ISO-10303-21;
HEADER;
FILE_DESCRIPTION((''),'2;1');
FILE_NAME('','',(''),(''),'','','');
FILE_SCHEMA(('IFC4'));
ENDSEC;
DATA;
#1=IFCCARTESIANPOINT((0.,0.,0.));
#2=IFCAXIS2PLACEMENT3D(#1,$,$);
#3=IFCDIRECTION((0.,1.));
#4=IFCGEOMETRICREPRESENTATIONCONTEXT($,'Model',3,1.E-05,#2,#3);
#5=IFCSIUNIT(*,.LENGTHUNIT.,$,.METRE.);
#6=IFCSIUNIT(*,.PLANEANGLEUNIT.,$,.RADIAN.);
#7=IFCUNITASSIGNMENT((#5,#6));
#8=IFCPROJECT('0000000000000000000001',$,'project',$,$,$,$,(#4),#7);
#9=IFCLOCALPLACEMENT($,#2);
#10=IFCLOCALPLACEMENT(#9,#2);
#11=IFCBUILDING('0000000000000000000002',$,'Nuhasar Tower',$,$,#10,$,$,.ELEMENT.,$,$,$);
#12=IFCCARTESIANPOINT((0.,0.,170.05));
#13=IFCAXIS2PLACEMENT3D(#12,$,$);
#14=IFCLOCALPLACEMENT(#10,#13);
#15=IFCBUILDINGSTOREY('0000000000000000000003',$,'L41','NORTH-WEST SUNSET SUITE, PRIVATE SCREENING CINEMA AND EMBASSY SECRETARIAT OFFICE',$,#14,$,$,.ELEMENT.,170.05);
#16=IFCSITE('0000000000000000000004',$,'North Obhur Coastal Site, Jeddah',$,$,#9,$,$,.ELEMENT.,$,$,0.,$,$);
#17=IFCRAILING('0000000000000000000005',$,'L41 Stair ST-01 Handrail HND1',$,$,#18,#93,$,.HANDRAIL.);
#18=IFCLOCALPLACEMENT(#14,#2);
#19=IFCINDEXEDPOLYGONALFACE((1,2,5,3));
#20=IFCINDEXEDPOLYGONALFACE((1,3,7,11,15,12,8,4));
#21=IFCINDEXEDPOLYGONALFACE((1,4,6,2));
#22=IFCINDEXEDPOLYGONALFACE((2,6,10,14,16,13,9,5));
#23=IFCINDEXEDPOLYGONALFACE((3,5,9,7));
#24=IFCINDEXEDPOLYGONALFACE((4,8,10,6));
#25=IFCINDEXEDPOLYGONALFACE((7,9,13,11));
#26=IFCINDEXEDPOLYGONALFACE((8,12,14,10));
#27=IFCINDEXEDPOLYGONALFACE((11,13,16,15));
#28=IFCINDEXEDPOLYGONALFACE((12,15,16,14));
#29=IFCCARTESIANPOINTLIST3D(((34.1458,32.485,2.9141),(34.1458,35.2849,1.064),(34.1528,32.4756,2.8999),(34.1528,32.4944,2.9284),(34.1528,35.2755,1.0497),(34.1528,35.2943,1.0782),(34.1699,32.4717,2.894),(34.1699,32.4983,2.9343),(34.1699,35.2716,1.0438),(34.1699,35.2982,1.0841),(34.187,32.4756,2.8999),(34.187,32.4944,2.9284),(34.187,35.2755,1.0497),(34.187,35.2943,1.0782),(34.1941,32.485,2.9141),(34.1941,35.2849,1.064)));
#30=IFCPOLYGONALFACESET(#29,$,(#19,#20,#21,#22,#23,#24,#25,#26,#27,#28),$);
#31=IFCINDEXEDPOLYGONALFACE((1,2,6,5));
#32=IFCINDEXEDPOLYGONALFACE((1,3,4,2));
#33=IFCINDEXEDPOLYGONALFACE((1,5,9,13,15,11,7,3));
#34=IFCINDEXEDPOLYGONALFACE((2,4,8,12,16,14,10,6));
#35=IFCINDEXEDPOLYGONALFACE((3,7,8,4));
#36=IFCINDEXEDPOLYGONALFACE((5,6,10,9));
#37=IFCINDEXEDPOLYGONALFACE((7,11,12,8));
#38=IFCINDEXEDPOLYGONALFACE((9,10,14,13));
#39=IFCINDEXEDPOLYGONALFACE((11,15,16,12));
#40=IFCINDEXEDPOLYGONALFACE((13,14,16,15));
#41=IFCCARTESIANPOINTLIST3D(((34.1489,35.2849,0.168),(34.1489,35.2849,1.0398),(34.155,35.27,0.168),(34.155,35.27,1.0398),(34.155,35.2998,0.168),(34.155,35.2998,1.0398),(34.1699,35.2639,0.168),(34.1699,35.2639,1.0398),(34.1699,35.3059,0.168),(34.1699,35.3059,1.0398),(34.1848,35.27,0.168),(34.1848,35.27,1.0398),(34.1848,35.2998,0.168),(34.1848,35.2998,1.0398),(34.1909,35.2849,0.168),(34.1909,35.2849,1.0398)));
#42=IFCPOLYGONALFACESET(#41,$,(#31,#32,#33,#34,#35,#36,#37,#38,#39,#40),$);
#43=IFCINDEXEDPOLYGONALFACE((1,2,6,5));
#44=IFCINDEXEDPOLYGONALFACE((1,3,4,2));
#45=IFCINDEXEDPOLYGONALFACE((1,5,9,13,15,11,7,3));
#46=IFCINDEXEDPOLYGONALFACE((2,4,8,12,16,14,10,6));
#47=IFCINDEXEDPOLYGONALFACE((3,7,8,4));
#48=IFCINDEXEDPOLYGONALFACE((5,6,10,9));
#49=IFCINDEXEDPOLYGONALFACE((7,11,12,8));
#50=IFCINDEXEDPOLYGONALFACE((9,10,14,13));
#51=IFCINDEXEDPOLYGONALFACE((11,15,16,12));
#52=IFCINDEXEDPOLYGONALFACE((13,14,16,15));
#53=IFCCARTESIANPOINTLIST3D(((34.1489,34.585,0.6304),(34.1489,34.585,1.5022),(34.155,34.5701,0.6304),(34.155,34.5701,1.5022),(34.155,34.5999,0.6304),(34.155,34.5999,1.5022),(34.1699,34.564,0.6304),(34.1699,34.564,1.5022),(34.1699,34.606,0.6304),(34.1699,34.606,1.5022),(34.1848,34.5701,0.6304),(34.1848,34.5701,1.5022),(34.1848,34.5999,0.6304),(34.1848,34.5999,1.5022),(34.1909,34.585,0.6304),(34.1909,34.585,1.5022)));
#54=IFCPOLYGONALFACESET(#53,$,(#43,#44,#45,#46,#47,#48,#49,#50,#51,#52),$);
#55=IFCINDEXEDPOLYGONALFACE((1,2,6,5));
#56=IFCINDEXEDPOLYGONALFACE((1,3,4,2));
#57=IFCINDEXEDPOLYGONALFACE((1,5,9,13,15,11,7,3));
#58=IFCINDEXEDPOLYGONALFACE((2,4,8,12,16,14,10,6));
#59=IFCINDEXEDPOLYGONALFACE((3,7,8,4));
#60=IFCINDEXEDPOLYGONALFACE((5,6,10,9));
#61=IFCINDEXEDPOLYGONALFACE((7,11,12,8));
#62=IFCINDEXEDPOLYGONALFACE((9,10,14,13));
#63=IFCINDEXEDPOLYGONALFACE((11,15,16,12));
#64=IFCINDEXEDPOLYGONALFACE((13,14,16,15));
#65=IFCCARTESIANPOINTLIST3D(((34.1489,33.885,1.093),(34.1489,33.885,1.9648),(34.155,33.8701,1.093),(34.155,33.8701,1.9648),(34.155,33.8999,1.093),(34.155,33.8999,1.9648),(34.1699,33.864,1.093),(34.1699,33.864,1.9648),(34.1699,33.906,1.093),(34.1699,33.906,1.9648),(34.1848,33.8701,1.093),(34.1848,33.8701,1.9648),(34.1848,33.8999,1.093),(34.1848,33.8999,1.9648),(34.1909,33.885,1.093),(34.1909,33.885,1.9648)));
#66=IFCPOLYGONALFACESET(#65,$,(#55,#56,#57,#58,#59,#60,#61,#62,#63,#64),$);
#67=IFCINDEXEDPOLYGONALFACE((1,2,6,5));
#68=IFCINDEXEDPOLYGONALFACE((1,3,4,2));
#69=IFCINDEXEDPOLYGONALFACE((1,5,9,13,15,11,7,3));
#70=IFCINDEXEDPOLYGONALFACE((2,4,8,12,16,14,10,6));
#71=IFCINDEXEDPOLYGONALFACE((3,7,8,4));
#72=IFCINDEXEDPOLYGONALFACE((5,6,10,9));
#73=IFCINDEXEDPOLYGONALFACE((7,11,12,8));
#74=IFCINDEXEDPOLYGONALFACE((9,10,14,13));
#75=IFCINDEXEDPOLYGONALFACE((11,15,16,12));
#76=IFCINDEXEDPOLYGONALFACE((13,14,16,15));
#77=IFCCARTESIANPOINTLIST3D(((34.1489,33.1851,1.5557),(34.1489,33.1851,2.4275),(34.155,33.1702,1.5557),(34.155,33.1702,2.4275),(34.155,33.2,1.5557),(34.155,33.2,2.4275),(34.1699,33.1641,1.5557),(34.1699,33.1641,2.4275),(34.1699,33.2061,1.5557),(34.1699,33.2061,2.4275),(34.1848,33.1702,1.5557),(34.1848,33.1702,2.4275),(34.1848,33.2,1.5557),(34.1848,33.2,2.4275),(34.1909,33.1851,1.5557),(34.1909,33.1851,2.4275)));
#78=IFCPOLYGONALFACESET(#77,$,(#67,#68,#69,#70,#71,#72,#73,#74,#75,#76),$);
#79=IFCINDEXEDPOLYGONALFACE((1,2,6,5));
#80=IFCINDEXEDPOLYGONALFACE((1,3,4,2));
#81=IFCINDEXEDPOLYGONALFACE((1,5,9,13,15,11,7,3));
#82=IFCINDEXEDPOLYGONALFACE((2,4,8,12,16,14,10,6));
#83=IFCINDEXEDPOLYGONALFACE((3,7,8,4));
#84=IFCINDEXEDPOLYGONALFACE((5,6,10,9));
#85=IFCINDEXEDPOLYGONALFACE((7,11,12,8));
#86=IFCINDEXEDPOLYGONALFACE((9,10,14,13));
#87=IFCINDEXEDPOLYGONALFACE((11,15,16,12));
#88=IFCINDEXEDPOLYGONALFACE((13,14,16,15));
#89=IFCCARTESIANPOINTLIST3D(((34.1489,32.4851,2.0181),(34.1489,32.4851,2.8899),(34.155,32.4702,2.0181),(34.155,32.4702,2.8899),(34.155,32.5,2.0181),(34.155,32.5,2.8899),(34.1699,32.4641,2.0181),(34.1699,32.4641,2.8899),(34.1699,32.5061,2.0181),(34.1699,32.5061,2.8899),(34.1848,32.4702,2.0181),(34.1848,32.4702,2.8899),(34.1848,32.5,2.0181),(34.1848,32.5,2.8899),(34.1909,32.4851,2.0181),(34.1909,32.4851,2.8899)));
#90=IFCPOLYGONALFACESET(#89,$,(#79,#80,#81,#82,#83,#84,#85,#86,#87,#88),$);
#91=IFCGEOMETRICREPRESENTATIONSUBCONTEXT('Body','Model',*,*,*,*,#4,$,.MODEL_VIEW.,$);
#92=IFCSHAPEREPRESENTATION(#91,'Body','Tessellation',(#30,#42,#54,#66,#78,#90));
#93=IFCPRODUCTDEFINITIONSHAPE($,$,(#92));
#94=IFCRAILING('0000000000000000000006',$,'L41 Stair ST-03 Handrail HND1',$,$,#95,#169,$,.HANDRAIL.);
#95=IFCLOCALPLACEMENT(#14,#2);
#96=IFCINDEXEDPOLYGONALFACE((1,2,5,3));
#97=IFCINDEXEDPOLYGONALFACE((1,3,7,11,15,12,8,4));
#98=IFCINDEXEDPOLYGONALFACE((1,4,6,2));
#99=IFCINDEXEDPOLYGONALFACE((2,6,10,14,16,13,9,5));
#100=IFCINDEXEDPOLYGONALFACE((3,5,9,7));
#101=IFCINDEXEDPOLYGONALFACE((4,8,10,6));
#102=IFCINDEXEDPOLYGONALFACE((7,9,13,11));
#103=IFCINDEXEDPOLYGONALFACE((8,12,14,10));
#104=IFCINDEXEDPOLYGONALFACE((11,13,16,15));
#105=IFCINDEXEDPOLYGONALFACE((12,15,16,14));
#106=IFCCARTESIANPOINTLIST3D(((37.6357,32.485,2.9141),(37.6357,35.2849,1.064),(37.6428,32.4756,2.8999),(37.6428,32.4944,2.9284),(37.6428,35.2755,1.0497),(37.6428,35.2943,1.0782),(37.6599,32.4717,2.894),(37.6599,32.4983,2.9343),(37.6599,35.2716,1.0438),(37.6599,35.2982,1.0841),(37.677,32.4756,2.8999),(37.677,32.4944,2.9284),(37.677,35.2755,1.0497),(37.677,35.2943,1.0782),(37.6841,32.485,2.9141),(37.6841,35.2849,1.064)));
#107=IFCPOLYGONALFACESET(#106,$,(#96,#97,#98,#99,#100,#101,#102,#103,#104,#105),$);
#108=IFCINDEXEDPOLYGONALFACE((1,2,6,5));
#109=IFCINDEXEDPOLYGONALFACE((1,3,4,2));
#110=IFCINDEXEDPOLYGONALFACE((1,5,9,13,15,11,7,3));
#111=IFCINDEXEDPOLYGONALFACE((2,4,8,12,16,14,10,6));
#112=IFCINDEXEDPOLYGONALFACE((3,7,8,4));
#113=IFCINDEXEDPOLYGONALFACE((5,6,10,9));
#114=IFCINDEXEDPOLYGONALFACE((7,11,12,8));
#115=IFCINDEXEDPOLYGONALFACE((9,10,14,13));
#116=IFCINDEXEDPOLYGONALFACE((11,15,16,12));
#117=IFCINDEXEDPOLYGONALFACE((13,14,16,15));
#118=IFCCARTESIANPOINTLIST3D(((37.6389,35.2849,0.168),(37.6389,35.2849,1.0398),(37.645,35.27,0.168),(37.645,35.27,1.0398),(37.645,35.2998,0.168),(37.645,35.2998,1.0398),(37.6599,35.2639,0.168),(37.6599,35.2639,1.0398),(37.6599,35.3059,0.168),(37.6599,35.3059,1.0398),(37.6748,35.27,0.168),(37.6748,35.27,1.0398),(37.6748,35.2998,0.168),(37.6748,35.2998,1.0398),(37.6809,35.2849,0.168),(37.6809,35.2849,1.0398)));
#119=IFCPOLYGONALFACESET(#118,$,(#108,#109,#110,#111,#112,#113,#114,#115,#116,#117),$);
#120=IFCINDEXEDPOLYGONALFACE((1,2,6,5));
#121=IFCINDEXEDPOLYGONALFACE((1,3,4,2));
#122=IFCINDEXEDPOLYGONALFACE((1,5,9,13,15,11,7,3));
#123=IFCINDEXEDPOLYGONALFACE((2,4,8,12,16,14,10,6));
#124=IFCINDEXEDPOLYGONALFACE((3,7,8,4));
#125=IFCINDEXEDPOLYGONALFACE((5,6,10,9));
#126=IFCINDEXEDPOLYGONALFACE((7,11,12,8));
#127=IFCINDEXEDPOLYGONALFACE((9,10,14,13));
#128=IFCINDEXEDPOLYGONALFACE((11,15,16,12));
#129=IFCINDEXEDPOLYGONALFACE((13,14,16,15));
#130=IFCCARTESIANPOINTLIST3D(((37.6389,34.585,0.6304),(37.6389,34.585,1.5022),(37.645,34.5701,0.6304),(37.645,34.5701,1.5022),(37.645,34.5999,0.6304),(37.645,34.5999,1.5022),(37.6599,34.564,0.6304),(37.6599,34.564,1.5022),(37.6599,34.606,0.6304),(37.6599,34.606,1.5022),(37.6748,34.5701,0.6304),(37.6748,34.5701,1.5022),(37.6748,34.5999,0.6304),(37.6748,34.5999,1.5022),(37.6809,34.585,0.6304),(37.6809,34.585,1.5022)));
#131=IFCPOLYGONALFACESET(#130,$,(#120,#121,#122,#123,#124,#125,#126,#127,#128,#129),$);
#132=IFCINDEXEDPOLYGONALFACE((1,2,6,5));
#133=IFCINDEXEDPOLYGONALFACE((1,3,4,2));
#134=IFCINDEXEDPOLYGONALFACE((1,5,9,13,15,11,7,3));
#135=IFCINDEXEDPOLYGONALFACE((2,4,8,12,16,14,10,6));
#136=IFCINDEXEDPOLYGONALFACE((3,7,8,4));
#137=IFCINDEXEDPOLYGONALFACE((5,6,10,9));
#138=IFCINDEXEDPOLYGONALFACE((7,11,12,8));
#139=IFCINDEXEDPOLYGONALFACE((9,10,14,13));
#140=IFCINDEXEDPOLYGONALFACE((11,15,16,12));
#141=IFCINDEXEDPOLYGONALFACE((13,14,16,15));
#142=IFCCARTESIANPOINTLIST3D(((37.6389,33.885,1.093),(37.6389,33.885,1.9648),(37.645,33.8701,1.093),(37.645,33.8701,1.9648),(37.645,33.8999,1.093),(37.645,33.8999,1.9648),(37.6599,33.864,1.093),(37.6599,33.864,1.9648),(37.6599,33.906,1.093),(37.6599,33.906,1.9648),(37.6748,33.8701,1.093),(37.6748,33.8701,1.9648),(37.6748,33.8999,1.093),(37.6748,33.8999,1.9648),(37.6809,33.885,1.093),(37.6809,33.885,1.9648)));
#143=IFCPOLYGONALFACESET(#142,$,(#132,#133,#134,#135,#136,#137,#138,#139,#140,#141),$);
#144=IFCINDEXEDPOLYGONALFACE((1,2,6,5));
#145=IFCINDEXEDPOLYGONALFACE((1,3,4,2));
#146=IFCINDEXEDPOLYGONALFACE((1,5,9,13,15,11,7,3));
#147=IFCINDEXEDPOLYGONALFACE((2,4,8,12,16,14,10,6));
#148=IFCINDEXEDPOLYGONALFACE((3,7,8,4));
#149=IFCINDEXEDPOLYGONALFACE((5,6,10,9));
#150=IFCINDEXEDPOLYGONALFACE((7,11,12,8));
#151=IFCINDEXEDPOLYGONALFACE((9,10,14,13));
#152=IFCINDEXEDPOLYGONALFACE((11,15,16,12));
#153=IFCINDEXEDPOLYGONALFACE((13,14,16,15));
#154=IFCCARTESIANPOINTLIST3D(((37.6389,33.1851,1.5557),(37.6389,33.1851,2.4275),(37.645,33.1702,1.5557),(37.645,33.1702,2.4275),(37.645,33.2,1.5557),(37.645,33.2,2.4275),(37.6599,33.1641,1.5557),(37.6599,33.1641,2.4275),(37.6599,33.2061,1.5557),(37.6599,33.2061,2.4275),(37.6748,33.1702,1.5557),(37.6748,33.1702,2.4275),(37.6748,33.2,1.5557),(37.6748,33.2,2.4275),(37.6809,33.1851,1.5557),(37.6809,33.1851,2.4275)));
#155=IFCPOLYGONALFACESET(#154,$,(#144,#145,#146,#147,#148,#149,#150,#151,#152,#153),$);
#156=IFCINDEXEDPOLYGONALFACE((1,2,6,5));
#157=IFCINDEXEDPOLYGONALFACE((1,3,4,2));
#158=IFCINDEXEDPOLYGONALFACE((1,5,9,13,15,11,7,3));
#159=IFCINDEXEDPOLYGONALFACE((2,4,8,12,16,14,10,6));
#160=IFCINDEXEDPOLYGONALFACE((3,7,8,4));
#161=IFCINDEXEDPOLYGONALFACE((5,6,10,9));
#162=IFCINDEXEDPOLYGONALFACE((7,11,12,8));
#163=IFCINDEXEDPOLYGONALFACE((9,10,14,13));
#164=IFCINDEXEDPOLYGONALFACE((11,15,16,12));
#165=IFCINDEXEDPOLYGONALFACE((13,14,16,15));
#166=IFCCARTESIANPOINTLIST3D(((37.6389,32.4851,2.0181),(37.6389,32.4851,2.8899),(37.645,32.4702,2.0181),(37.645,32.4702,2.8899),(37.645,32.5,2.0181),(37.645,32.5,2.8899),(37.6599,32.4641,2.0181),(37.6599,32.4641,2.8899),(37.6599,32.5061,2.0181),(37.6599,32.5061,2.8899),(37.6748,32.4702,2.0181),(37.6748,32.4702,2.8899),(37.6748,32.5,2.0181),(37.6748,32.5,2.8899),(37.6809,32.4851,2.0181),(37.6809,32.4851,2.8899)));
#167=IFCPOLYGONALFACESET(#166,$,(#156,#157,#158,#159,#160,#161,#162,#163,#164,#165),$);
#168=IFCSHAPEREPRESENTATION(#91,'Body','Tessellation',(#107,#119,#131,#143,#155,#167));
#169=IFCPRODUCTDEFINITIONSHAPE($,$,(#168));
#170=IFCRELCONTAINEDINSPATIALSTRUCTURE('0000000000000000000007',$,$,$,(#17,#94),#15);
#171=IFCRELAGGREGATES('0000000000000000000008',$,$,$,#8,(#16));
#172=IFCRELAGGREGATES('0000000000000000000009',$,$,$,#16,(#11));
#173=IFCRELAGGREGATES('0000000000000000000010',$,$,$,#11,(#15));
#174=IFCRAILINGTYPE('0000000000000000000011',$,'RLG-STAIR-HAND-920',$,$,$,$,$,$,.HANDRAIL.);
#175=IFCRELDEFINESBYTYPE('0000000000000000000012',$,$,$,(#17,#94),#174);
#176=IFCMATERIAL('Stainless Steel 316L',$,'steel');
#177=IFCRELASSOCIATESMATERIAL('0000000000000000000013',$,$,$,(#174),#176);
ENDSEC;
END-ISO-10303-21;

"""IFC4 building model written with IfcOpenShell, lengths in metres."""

from ifc_helpers import new_model, si_unit, direction, frame, origin, place, context, subcontext, project, spatial, polyline, outline, extrude, material, type_object, element, save


model = new_model("IFC4")

# Units and contexts
model_context = context("Model", 3, precision=1e-05, world=origin(), true_north=direction((0.0, 1.0)))
body_context = subcontext(model_context, "Body", "Model", "MODEL_VIEW")
ifc_project = project(units=[si_unit("LENGTHUNIT", "METRE"), si_unit("PLANEANGLEUNIT", "RADIAN")], contexts=[model_context])

# Site, building, storey
site_placement = place(None, origin())
site = spatial("IfcSite", under=ifc_project, at=site_placement, Name="North Obhur Coastal Site, Jeddah", CompositionType="ELEMENT", RefElevation=0.0)
building_placement = place(site_placement, origin())
building = spatial("IfcBuilding", under=site, at=building_placement, Name="Nuhasar Tower", CompositionType="ELEMENT")
storey_placement = place(building_placement, frame((0.0, 0.0, 170.05)))
storey = spatial("IfcBuildingStorey", under=building, at=storey_placement, Name="L41", Description="NORTH-WEST SUNSET SUITE, PRIVATE SCREENING CINEMA AND EMBASSY SECRETARIAT OFFICE", CompositionType="ELEMENT", Elevation=170.05)

# Railings
ifc_material_1 = material(Name="Stainless Steel 316L", Category="steel")
railing_type_1 = type_object("IfcRailingType", Name="RLG-STAIR-HAND-920", PredefinedType="HANDRAIL", material=ifc_material_1)
railing_1_placement = place(storey_placement, frame((34.1699, 35.2849, 0.168)))
element("IfcRailing", 1, at=railing_1_placement, inside=storey, type_object=railing_type_1, Name="L41 Stair ST-01 Handrail HND1", PredefinedType="HANDRAIL", context=body_context, shape_type="SweptSolid", body=[
    extrude(outline(polyline([(0.0242, 0.0), (0.0171, 0.0171), (0.0, 0.0242), (-0.0171, 0.0171), (-0.0242, 0.0), (-0.0171, -0.0171), (0.0, -0.0242), (0.0171, -0.0171), (0.0242, 0.0)])), frame((0.0, 0.0, 0.896), z_axis=(0.0, -0.834304, 0.551304), x_axis=(1.0, 0.0, 0.0)), (0.0, 0.0, 1.0), 3.356),
    extrude(outline(polyline([(0.021, 0.0), (0.0149, 0.0149), (0.0, 0.021), (-0.0149, 0.0149), (-0.021, 0.0), (-0.0149, -0.0149), (0.0, -0.021), (0.0149, -0.0149), (0.021, 0.0)])), origin(), (0.0, 0.0, 1.0), 0.8718),
    extrude(outline(polyline([(0.021, 0.0), (0.0149, 0.0149), (0.0, 0.021), (-0.0149, 0.0149), (-0.021, 0.0), (-0.0149, -0.0149), (0.0, -0.021), (0.0149, -0.0149), (0.021, 0.0)])), frame((0.0, -0.7, 0.4624)), (0.0, 0.0, 1.0), 0.8718),
    extrude(outline(polyline([(0.021, 0.0), (0.0149, 0.0149), (0.0, 0.021), (-0.0149, 0.0149), (-0.021, 0.0), (-0.0149, -0.0149), (0.0, -0.021), (0.0149, -0.0149), (0.021, 0.0)])), frame((0.0, -1.3999, 0.925)), (0.0, 0.0, 1.0), 0.8718),
    extrude(outline(polyline([(0.021, 0.0), (0.0149, 0.0149), (0.0, 0.021), (-0.0149, 0.0149), (-0.021, 0.0), (-0.0149, -0.0149), (0.0, -0.021), (0.0149, -0.0149), (0.021, 0.0)])), frame((0.0, -2.0999, 1.3877)), (0.0, 0.0, 1.0), 0.8718),
    extrude(outline(polyline([(0.021, 0.0), (0.0149, 0.0149), (0.0, 0.021), (-0.0149, 0.0149), (-0.021, 0.0), (-0.0149, -0.0149), (0.0, -0.021), (0.0149, -0.0149), (0.021, 0.0)])), frame((0.0, -2.7998, 1.8501)), (0.0, 0.0, 1.0), 0.8718),
])
railing_2_placement = place(storey_placement, frame((37.6599, 35.2849, 0.168)))
element("IfcRailing", 2, at=railing_2_placement, inside=storey, type_object=railing_type_1, Name="L41 Stair ST-03 Handrail HND1", PredefinedType="HANDRAIL", context=body_context, shape_type="SweptSolid", body=[
    extrude(outline(polyline([(0.0242, 0.0), (0.0171, 0.0171), (0.0, 0.0242), (-0.0171, 0.0171), (-0.0242, 0.0), (-0.0171, -0.0171), (0.0, -0.0242), (0.0171, -0.0171), (0.0242, 0.0)])), frame((0.0, 0.0, 0.896), z_axis=(0.0, -0.834304, 0.551304), x_axis=(1.0, 0.0, 0.0)), (0.0, 0.0, 1.0), 3.356),
    extrude(outline(polyline([(0.021, 0.0), (0.0149, 0.0149), (0.0, 0.021), (-0.0149, 0.0149), (-0.021, 0.0), (-0.0149, -0.0149), (0.0, -0.021), (0.0149, -0.0149), (0.021, 0.0)])), origin(), (0.0, 0.0, 1.0), 0.8718),
    extrude(outline(polyline([(0.021, 0.0), (0.0149, 0.0149), (0.0, 0.021), (-0.0149, 0.0149), (-0.021, 0.0), (-0.0149, -0.0149), (0.0, -0.021), (0.0149, -0.0149), (0.021, 0.0)])), frame((0.0, -0.7, 0.4624)), (0.0, 0.0, 1.0), 0.8718),
    extrude(outline(polyline([(0.021, 0.0), (0.0149, 0.0149), (0.0, 0.021), (-0.0149, 0.0149), (-0.021, 0.0), (-0.0149, -0.0149), (0.0, -0.021), (0.0149, -0.0149), (0.021, 0.0)])), frame((0.0, -1.3999, 0.925)), (0.0, 0.0, 1.0), 0.8718),
    extrude(outline(polyline([(0.021, 0.0), (0.0149, 0.0149), (0.0, 0.021), (-0.0149, 0.0149), (-0.021, 0.0), (-0.0149, -0.0149), (0.0, -0.021), (0.0149, -0.0149), (0.021, 0.0)])), frame((0.0, -2.0999, 1.3877)), (0.0, 0.0, 1.0), 0.8718),
    extrude(outline(polyline([(0.021, 0.0), (0.0149, 0.0149), (0.0, 0.021), (-0.0149, 0.0149), (-0.021, 0.0), (-0.0149, -0.0149), (0.0, -0.021), (0.0149, -0.0149), (0.021, 0.0)])), frame((0.0, -2.7998, 1.8501)), (0.0, 0.0, 1.0), 0.8718),
])

save(model, "model.ifc")
